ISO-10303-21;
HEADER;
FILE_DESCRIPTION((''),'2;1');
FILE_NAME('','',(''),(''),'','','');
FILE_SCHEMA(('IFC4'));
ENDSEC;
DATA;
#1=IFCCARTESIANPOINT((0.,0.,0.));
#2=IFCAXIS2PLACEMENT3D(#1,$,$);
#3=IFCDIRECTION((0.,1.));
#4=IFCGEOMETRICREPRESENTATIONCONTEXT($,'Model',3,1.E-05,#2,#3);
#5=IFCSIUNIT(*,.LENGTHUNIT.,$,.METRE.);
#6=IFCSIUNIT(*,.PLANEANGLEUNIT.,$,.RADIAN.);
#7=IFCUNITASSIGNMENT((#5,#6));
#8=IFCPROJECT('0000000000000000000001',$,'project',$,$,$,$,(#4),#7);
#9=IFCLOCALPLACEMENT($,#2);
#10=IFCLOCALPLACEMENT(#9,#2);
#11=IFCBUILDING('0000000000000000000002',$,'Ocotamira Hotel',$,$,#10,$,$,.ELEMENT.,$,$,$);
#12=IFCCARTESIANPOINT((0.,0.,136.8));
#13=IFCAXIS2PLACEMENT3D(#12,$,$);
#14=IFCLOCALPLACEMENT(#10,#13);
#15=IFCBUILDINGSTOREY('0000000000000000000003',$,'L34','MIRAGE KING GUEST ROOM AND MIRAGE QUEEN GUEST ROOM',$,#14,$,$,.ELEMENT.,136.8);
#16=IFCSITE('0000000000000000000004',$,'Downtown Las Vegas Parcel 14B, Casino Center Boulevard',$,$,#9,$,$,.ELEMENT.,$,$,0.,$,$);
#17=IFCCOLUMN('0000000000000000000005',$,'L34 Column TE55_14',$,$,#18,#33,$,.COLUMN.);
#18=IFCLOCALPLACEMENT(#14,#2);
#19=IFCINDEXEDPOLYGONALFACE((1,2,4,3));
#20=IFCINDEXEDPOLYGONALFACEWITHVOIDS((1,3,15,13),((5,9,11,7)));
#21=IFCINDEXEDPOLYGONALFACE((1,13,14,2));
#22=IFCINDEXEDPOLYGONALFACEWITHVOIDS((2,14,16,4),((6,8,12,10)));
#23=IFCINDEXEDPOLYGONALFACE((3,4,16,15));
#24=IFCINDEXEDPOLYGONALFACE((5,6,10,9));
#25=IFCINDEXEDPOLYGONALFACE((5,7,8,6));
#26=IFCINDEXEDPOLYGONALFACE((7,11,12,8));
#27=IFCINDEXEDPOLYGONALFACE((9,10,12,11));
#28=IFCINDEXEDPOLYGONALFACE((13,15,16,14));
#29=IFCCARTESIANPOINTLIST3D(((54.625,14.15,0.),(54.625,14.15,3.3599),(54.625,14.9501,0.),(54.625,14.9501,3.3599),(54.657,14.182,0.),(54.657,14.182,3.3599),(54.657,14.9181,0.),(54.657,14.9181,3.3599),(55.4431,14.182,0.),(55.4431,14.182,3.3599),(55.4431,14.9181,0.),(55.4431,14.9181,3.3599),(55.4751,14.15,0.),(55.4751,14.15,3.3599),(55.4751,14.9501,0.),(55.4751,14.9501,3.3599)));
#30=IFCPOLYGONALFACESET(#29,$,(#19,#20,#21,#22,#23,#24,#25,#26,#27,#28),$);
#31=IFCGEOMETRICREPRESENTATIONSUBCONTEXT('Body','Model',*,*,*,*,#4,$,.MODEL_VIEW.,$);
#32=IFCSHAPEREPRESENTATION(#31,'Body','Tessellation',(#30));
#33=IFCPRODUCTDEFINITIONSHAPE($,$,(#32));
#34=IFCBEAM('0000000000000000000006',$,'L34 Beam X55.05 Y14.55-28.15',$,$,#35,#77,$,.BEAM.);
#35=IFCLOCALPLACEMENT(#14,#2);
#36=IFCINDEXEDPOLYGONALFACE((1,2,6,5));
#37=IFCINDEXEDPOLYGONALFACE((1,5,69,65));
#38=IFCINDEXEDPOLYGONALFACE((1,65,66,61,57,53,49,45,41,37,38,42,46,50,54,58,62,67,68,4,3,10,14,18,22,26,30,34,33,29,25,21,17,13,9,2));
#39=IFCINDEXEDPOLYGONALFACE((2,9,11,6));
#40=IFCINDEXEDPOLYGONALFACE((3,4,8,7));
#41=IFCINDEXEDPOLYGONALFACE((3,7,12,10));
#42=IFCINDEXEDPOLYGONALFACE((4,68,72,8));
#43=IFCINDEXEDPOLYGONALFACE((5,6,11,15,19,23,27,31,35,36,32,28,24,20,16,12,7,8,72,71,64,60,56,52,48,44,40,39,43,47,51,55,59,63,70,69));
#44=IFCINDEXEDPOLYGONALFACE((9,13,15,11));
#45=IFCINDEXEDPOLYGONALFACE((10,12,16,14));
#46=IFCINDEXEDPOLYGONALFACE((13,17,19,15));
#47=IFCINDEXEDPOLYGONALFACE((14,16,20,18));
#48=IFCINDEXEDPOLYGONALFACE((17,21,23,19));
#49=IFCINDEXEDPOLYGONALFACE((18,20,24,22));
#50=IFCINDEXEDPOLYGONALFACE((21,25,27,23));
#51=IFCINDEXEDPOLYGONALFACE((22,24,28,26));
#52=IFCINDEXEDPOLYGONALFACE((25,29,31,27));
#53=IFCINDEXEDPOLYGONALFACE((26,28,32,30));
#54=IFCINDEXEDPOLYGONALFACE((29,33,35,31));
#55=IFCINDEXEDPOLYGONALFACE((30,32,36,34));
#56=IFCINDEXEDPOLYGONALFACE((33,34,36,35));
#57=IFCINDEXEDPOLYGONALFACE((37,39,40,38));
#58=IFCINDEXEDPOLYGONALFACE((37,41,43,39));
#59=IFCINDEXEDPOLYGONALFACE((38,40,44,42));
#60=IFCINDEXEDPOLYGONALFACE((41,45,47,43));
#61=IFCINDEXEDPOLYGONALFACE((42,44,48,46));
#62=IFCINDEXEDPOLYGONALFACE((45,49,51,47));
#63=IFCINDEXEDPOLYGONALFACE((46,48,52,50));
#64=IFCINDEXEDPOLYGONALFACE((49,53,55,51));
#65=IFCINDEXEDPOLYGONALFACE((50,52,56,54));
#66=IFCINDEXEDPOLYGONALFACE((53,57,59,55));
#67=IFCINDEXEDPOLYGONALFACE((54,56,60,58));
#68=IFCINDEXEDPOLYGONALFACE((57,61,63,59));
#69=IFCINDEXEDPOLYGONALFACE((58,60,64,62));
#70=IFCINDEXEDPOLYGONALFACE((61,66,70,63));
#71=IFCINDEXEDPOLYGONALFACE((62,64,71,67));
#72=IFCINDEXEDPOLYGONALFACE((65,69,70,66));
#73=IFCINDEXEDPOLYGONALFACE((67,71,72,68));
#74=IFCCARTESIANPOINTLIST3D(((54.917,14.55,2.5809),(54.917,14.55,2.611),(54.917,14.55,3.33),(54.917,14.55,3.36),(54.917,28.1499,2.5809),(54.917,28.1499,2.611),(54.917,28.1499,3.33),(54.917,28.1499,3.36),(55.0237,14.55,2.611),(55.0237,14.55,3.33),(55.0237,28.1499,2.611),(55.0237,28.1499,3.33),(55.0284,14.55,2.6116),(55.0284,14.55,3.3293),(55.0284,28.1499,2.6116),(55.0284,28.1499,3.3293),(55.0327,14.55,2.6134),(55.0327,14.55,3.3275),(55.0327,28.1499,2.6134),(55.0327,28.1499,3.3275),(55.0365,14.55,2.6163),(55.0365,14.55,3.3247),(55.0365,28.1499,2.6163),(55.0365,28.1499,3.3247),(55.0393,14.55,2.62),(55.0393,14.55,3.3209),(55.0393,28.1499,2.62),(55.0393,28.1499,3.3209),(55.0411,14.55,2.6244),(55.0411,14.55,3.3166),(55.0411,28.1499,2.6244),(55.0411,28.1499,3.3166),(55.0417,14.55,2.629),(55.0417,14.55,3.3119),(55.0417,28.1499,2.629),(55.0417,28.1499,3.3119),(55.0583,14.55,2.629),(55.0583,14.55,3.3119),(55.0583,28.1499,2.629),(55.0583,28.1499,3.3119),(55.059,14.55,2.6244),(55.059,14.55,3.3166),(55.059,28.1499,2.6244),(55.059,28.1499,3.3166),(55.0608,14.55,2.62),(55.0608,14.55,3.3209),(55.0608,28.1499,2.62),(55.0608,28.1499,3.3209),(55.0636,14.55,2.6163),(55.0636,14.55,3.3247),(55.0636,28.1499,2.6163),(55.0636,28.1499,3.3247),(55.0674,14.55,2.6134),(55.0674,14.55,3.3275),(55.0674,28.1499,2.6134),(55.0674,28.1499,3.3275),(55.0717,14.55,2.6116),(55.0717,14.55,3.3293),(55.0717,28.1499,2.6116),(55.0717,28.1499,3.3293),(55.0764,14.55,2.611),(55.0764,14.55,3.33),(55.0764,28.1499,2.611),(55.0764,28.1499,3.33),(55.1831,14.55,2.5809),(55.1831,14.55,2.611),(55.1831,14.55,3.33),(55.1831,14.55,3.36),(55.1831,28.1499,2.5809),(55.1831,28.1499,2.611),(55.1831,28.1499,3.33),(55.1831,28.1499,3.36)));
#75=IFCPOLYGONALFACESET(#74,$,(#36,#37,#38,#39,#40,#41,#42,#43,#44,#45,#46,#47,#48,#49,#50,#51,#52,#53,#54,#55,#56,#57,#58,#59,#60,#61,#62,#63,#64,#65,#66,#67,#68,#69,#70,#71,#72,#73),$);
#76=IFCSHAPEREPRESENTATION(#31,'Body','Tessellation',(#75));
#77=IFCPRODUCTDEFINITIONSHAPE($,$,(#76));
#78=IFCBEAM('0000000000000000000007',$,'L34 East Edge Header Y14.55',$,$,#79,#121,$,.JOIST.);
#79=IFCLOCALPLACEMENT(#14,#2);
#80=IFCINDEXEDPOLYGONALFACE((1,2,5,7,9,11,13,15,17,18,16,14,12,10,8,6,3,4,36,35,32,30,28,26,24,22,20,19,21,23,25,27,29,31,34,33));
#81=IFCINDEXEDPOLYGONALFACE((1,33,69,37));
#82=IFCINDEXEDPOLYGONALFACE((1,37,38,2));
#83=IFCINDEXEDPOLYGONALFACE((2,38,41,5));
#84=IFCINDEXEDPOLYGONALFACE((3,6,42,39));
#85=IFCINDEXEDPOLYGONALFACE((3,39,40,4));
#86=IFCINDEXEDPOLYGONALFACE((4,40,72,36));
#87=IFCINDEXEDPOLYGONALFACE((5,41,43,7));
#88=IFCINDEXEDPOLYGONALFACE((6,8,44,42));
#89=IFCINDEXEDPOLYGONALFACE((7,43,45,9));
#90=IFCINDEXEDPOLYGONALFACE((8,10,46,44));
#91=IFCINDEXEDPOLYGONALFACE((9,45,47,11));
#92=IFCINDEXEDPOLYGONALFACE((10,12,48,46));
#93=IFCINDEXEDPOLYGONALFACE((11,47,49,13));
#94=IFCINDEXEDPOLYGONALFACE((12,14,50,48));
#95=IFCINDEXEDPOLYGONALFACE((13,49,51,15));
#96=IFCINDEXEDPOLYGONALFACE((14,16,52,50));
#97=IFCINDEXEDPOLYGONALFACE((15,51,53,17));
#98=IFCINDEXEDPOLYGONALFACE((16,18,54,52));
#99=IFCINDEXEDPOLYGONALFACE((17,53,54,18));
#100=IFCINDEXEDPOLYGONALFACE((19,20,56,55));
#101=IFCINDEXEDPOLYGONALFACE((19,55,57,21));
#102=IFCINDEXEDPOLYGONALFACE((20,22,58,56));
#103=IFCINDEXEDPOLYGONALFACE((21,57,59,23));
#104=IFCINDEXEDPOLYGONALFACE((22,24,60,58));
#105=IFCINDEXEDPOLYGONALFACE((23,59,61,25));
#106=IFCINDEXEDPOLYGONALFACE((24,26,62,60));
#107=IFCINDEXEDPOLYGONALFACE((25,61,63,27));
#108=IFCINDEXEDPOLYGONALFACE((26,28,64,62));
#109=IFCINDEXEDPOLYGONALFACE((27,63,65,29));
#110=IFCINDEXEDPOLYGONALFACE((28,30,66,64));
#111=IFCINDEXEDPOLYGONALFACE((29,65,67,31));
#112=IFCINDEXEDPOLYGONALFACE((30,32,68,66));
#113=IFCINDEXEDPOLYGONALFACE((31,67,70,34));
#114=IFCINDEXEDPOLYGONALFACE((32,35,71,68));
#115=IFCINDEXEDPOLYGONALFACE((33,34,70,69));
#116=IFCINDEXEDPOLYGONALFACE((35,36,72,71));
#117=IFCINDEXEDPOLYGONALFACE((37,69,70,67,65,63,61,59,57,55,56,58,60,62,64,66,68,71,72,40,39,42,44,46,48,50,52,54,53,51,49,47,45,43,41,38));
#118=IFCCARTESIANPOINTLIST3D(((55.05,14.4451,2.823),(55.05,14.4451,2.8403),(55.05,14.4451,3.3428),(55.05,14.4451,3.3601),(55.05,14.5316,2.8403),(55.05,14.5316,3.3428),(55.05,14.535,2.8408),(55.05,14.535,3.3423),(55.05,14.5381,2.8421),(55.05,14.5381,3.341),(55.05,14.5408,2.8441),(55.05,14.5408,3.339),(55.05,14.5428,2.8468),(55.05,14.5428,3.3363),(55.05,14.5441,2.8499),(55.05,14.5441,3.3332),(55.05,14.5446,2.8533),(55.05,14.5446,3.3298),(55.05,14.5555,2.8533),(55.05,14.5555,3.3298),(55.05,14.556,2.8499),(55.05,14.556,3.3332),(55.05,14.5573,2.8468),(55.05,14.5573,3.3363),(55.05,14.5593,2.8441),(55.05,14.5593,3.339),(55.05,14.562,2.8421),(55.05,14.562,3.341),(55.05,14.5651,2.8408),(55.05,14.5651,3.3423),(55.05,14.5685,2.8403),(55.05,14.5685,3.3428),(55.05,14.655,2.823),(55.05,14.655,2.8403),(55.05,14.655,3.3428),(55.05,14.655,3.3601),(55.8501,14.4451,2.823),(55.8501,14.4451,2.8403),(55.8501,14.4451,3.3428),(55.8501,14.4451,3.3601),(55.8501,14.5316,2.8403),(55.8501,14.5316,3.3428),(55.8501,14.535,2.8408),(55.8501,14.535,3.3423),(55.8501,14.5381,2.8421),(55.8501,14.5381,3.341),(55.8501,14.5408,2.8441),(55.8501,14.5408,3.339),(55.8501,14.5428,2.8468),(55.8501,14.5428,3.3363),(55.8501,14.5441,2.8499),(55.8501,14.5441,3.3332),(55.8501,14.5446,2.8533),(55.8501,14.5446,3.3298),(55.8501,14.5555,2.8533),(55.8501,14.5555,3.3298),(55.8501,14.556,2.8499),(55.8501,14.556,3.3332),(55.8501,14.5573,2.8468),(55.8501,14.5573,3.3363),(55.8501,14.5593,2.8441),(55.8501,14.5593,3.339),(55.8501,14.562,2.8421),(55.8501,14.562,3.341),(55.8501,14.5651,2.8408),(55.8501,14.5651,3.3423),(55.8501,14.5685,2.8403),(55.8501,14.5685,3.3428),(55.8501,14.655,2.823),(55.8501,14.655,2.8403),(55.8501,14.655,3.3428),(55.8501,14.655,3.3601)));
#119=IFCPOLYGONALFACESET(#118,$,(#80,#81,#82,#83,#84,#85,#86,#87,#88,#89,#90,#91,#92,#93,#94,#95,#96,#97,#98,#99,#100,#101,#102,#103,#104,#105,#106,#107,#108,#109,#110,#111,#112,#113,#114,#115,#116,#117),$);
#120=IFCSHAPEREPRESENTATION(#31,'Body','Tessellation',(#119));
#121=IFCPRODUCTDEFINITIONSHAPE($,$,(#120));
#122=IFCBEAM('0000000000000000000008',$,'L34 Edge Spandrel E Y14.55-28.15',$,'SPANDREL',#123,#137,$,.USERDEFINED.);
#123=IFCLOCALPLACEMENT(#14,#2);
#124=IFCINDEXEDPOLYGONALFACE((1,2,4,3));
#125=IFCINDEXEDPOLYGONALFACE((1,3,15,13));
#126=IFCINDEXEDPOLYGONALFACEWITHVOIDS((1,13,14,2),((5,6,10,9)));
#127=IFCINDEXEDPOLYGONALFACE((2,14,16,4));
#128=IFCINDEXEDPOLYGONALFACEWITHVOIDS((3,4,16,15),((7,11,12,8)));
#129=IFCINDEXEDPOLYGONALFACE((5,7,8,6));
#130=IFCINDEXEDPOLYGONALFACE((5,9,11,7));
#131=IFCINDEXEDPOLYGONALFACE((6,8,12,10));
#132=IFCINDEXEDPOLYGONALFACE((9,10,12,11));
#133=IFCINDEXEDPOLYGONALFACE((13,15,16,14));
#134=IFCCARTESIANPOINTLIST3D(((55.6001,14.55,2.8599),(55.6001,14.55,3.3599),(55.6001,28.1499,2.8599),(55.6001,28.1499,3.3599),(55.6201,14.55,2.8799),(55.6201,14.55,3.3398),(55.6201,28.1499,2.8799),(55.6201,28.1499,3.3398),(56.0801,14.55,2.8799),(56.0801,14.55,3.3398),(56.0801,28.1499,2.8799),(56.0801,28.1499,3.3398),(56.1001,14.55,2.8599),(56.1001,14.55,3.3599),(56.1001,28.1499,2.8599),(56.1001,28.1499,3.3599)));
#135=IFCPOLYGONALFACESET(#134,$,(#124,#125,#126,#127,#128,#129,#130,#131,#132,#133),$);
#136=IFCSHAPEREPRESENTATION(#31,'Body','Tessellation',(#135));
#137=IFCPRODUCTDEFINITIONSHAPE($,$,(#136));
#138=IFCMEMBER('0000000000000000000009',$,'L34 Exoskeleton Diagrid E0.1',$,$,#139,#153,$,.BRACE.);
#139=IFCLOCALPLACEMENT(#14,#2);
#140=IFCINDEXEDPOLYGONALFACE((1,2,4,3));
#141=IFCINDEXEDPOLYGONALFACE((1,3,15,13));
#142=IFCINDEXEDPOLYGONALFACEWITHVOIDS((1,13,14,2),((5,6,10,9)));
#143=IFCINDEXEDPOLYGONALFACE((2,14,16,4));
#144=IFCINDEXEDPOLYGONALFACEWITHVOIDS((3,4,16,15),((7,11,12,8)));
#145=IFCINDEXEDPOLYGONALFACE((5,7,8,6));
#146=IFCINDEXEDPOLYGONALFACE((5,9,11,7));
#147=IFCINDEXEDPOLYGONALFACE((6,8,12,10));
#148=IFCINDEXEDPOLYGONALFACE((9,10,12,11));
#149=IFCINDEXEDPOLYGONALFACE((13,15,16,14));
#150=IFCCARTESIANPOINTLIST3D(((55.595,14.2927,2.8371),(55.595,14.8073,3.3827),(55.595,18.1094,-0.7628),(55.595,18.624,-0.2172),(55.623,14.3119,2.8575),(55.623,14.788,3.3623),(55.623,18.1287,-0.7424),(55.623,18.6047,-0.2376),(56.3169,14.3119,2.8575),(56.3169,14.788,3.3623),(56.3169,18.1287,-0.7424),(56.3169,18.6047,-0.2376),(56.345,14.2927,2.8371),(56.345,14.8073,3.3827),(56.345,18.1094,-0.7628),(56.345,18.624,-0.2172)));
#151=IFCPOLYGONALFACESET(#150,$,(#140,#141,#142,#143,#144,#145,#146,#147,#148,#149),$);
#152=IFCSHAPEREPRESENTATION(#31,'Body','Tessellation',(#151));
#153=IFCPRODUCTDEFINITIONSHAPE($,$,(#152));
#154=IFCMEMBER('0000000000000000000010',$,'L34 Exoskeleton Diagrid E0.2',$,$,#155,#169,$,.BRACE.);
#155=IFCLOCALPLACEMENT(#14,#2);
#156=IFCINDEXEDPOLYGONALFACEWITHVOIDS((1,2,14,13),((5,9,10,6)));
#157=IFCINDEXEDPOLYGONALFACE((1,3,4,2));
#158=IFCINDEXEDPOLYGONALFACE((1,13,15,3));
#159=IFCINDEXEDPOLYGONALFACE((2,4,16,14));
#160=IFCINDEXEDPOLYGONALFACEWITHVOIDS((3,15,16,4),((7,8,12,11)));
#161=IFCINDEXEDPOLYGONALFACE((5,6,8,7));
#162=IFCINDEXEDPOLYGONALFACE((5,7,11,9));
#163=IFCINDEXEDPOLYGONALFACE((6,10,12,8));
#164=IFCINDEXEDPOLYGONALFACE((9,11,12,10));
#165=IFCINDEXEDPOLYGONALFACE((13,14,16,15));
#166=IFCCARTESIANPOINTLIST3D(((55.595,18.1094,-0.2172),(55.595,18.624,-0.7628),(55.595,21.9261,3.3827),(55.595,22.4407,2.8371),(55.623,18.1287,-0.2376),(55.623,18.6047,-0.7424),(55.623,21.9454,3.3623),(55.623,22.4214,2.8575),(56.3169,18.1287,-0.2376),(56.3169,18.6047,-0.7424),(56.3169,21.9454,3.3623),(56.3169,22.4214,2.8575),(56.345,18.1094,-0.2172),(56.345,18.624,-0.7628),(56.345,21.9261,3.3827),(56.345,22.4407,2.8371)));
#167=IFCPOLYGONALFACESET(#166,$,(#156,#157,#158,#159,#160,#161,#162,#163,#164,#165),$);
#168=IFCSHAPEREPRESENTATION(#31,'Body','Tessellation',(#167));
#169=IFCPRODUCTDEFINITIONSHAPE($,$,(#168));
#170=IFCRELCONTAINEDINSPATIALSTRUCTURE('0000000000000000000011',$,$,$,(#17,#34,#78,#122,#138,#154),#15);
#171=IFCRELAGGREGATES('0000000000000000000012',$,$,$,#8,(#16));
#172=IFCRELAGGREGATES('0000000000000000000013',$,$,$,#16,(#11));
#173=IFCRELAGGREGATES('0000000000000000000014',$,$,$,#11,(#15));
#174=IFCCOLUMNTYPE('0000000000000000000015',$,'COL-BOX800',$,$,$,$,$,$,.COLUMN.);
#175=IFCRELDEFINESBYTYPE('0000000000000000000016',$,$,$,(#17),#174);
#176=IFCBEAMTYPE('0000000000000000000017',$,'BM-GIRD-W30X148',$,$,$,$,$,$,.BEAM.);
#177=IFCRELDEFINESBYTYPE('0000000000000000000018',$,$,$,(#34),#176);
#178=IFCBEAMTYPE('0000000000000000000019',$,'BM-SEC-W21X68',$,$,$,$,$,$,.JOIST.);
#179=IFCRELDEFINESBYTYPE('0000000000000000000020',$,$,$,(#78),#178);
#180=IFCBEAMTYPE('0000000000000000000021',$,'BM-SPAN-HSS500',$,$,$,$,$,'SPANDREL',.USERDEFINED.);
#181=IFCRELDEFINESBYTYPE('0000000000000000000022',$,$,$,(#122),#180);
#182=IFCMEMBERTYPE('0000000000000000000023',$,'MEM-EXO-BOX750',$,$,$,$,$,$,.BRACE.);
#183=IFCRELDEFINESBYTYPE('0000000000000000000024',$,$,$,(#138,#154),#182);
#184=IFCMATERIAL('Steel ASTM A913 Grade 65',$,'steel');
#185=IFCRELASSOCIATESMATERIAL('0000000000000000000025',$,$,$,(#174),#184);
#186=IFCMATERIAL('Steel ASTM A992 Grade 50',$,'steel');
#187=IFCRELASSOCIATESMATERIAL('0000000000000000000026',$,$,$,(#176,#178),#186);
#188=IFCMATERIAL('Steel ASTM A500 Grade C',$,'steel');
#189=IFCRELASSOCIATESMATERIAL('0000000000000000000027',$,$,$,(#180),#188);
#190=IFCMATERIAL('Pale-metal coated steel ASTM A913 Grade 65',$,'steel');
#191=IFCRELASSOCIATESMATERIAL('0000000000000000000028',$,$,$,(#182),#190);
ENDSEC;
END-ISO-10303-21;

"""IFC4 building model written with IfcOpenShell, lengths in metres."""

from ifc_helpers import new_model, si_unit, direction, frame, origin, origin_2d, place, context, subcontext, project, spatial, hollow_rectangle, i_section, extrude, source, transform, mapped, material, material_profile, profile_set, type_object, element, save


model = new_model("IFC4")

# Units and contexts
model_context = context("Model", 3, precision=1e-05, world=origin(), true_north=direction((0.0, 1.0)))
body_context = subcontext(model_context, "Body", "Model", "MODEL_VIEW")
ifc_project = project(units=[si_unit("LENGTHUNIT", "METRE"), si_unit("PLANEANGLEUNIT", "RADIAN")], contexts=[model_context])

# Site, building, storey
site_placement = place(None, origin())
site = spatial("IfcSite", under=ifc_project, at=site_placement, Name="Downtown Las Vegas Parcel 14B, Casino Center Boulevard", CompositionType="ELEMENT", RefElevation=0.0)
building_placement = place(site_placement, origin())
building = spatial("IfcBuilding", under=site, at=building_placement, Name="Ocotamira Hotel", CompositionType="ELEMENT")
storey_placement = place(building_placement, frame((0.0, 0.0, 136.8)))
storey = spatial("IfcBuildingStorey", under=building, at=storey_placement, Name="L34", Description="MIRAGE KING GUEST ROOM AND MIRAGE QUEEN GUEST ROOM", CompositionType="ELEMENT", Elevation=136.8)

# Column
ifc_material_1 = material(Name="Steel ASTM A913 Grade 65", Category="steel")
ifc_material_profile_1 = material_profile(ifc_material_1, hollow_rectangle(XDim=0.8501, YDim=0.8, WallThickness=0.032, at=origin_2d()), Name="BOX800X850X32")
ifc_profile_set_1 = profile_set([ifc_material_profile_1], Name="Steel ASTM A913 Grade 65")
column_type = type_object("IfcColumnType", Name="COL-BOX800", PredefinedType="COLUMN", material=ifc_profile_set_1)
shared_shape_1 = source(origin(), body_context, "Body", "SweptSolid", [
    extrude(hollow_rectangle(XDim=0.8501, YDim=0.8, WallThickness=0.032, at=origin_2d()), origin(), (0.0, 0.0, 1.0), 3.3599),
])
column_placement = place(storey_placement, frame((55.05, 14.55, 0.0), z_axis=(0.0, 0.0, 1.0), x_axis=(1.0, 0.0, 0.0)))
element("IfcColumn", 1, at=column_placement, inside=storey, type_object=column_type, Name="L34 Column TE55_14", PredefinedType="COLUMN", context=body_context, shape_type="MappedRepresentation", body=[
    mapped(shared_shape_1, transform((0.0, 0.0, 0.0), scale=1.0)),
])

# Beams
ifc_material_2 = material(Name="Steel ASTM A992 Grade 50", Category="steel")
ifc_material_profile_2 = material_profile(ifc_material_2, i_section(OverallWidth=0.2661, OverallDepth=0.7791, WebThickness=0.0166, FlangeThickness=0.03, FilletRadius=0.0181, at=origin_2d()), Name="W30X148")
ifc_profile_set_2 = profile_set([ifc_material_profile_2], Name="Steel ASTM A992 Grade 50")
beam_type_1 = type_object("IfcBeamType", Name="BM-GIRD-W30X148", PredefinedType="BEAM", material=ifc_profile_set_2)
shared_shape_2 = source(origin(), body_context, "Body", "SweptSolid", [
    extrude(i_section(OverallWidth=0.2661, OverallDepth=0.7791, WebThickness=0.0166, FlangeThickness=0.03, FilletRadius=0.0181, at=origin_2d()), origin(), (0.0, 0.0, 1.0), 13.5999),
])
beam_1_placement = place(storey_placement, frame((55.05, 14.55, 2.9705), z_axis=(0.0, 1.0, 0.0), x_axis=(-1.0, 0.0, 0.0)))
element("IfcBeam", 2, at=beam_1_placement, inside=storey, type_object=beam_type_1, Name="L34 Beam X55.05 Y14.55-28.15", PredefinedType="BEAM", context=body_context, shape_type="MappedRepresentation", body=[
    mapped(shared_shape_2, transform((0.0, 0.0, 0.0), scale=1.0)),
])
ifc_material_profile_3 = material_profile(ifc_material_2, i_section(OverallWidth=0.21, OverallDepth=0.5371, WebThickness=0.011, FlangeThickness=0.0173, FilletRadius=0.0129, at=origin_2d()), Name="W21X68")
ifc_profile_set_3 = profile_set([ifc_material_profile_3], Name="Steel ASTM A992 Grade 50")
beam_type_2 = type_object("IfcBeamType", Name="BM-SEC-W21X68", PredefinedType="JOIST", material=ifc_profile_set_3)
shared_shape_3 = source(origin(), body_context, "Body", "SweptSolid", [
    extrude(i_section(OverallWidth=0.21, OverallDepth=0.5371, WebThickness=0.011, FlangeThickness=0.0173, FilletRadius=0.0129, at=origin_2d()), origin(), (0.0, 0.0, 1.0), 0.8),
])
beam_2_placement = place(storey_placement, frame((55.05, 14.55, 3.0916), z_axis=(1.0, 0.0, 0.0), x_axis=(0.0, 1.0, 0.0)))
element("IfcBeam", 3, at=beam_2_placement, inside=storey, type_object=beam_type_2, Name="L34 East Edge Header Y14.55", PredefinedType="JOIST", context=body_context, shape_type="MappedRepresentation", body=[
    mapped(shared_shape_3, transform((0.0, 0.0, 0.0), scale=1.0)),
])
ifc_material_3 = material(Name="Steel ASTM A500 Grade C", Category="steel")
ifc_material_profile_4 = material_profile(ifc_material_3, hollow_rectangle(XDim=0.5, YDim=0.5, WallThickness=0.02, at=origin_2d()), Name="HSS500X500X20")
ifc_profile_set_4 = profile_set([ifc_material_profile_4], Name="Steel ASTM A500 Grade C")
beam_type_3 = type_object("IfcBeamType", Name="BM-SPAN-HSS500", ElementType="SPANDREL", PredefinedType="USERDEFINED", material=ifc_profile_set_4)
shared_shape_4 = source(origin(), body_context, "Body", "SweptSolid", [
    extrude(hollow_rectangle(XDim=0.5, YDim=0.5, WallThickness=0.02, at=origin_2d()), origin(), (0.0, 0.0, 1.0), 13.5999),
])
beam_3_placement = place(storey_placement, frame((55.8501, 14.55, 3.1099), z_axis=(0.0, 1.0, 0.0), x_axis=(-1.0, 0.0, 0.0)))
element("IfcBeam", 4, at=beam_3_placement, inside=storey, type_object=beam_type_3, Name="L34 Edge Spandrel E Y14.55-28.15", ObjectType="SPANDREL", PredefinedType="USERDEFINED", context=body_context, shape_type="MappedRepresentation", body=[
    mapped(shared_shape_4, transform((0.0, 0.0, 0.0), scale=1.0)),
])

# Members
ifc_material_4 = material(Name="Pale-metal coated steel ASTM A913 Grade 65", Category="steel")
ifc_material_profile_5 = material_profile(ifc_material_4, hollow_rectangle(XDim=0.75, YDim=0.75, WallThickness=0.0281, at=origin_2d()), Name="BOX750X750X28")
ifc_profile_set_5 = profile_set([ifc_material_profile_5], Name="Pale-metal coated steel ASTM A913 Grade 65")
member_type_1 = type_object("IfcMemberType", Name="MEM-EXO-BOX750", PredefinedType="BRACE", material=ifc_profile_set_5)
shared_shape_5 = source(origin(), body_context, "Body", "SweptSolid", [
    extrude(hollow_rectangle(XDim=0.75, YDim=0.75, WallThickness=0.0281, at=origin_2d()), origin(), (0.0, 0.0, 1.0), 5.2466),
])
for number, where, z_axis, x_axis, name in (
    (5, (55.97, 18.3667, -0.49), (0.0, -0.727466, 0.686144), (1.0, 0.0, 0.0), "L34 Exoskeleton Diagrid E0.1"),
    (6, (55.97, 18.3667, -0.49), (0.0, 0.727466, 0.686144), (-1.0, 0.0, 0.0), "L34 Exoskeleton Diagrid E0.2"),
):
    element("IfcMember", number, at=place(storey_placement, frame(where, z_axis=z_axis, x_axis=x_axis)), inside=storey, type_object=member_type_1, Name=name, PredefinedType="BRACE", context=body_context, shape_type="MappedRepresentation", body=[
        mapped(shared_shape_5, transform((0.0, 0.0, 0.0), scale=1.0)),
    ])

save(model, "model.ifc")
